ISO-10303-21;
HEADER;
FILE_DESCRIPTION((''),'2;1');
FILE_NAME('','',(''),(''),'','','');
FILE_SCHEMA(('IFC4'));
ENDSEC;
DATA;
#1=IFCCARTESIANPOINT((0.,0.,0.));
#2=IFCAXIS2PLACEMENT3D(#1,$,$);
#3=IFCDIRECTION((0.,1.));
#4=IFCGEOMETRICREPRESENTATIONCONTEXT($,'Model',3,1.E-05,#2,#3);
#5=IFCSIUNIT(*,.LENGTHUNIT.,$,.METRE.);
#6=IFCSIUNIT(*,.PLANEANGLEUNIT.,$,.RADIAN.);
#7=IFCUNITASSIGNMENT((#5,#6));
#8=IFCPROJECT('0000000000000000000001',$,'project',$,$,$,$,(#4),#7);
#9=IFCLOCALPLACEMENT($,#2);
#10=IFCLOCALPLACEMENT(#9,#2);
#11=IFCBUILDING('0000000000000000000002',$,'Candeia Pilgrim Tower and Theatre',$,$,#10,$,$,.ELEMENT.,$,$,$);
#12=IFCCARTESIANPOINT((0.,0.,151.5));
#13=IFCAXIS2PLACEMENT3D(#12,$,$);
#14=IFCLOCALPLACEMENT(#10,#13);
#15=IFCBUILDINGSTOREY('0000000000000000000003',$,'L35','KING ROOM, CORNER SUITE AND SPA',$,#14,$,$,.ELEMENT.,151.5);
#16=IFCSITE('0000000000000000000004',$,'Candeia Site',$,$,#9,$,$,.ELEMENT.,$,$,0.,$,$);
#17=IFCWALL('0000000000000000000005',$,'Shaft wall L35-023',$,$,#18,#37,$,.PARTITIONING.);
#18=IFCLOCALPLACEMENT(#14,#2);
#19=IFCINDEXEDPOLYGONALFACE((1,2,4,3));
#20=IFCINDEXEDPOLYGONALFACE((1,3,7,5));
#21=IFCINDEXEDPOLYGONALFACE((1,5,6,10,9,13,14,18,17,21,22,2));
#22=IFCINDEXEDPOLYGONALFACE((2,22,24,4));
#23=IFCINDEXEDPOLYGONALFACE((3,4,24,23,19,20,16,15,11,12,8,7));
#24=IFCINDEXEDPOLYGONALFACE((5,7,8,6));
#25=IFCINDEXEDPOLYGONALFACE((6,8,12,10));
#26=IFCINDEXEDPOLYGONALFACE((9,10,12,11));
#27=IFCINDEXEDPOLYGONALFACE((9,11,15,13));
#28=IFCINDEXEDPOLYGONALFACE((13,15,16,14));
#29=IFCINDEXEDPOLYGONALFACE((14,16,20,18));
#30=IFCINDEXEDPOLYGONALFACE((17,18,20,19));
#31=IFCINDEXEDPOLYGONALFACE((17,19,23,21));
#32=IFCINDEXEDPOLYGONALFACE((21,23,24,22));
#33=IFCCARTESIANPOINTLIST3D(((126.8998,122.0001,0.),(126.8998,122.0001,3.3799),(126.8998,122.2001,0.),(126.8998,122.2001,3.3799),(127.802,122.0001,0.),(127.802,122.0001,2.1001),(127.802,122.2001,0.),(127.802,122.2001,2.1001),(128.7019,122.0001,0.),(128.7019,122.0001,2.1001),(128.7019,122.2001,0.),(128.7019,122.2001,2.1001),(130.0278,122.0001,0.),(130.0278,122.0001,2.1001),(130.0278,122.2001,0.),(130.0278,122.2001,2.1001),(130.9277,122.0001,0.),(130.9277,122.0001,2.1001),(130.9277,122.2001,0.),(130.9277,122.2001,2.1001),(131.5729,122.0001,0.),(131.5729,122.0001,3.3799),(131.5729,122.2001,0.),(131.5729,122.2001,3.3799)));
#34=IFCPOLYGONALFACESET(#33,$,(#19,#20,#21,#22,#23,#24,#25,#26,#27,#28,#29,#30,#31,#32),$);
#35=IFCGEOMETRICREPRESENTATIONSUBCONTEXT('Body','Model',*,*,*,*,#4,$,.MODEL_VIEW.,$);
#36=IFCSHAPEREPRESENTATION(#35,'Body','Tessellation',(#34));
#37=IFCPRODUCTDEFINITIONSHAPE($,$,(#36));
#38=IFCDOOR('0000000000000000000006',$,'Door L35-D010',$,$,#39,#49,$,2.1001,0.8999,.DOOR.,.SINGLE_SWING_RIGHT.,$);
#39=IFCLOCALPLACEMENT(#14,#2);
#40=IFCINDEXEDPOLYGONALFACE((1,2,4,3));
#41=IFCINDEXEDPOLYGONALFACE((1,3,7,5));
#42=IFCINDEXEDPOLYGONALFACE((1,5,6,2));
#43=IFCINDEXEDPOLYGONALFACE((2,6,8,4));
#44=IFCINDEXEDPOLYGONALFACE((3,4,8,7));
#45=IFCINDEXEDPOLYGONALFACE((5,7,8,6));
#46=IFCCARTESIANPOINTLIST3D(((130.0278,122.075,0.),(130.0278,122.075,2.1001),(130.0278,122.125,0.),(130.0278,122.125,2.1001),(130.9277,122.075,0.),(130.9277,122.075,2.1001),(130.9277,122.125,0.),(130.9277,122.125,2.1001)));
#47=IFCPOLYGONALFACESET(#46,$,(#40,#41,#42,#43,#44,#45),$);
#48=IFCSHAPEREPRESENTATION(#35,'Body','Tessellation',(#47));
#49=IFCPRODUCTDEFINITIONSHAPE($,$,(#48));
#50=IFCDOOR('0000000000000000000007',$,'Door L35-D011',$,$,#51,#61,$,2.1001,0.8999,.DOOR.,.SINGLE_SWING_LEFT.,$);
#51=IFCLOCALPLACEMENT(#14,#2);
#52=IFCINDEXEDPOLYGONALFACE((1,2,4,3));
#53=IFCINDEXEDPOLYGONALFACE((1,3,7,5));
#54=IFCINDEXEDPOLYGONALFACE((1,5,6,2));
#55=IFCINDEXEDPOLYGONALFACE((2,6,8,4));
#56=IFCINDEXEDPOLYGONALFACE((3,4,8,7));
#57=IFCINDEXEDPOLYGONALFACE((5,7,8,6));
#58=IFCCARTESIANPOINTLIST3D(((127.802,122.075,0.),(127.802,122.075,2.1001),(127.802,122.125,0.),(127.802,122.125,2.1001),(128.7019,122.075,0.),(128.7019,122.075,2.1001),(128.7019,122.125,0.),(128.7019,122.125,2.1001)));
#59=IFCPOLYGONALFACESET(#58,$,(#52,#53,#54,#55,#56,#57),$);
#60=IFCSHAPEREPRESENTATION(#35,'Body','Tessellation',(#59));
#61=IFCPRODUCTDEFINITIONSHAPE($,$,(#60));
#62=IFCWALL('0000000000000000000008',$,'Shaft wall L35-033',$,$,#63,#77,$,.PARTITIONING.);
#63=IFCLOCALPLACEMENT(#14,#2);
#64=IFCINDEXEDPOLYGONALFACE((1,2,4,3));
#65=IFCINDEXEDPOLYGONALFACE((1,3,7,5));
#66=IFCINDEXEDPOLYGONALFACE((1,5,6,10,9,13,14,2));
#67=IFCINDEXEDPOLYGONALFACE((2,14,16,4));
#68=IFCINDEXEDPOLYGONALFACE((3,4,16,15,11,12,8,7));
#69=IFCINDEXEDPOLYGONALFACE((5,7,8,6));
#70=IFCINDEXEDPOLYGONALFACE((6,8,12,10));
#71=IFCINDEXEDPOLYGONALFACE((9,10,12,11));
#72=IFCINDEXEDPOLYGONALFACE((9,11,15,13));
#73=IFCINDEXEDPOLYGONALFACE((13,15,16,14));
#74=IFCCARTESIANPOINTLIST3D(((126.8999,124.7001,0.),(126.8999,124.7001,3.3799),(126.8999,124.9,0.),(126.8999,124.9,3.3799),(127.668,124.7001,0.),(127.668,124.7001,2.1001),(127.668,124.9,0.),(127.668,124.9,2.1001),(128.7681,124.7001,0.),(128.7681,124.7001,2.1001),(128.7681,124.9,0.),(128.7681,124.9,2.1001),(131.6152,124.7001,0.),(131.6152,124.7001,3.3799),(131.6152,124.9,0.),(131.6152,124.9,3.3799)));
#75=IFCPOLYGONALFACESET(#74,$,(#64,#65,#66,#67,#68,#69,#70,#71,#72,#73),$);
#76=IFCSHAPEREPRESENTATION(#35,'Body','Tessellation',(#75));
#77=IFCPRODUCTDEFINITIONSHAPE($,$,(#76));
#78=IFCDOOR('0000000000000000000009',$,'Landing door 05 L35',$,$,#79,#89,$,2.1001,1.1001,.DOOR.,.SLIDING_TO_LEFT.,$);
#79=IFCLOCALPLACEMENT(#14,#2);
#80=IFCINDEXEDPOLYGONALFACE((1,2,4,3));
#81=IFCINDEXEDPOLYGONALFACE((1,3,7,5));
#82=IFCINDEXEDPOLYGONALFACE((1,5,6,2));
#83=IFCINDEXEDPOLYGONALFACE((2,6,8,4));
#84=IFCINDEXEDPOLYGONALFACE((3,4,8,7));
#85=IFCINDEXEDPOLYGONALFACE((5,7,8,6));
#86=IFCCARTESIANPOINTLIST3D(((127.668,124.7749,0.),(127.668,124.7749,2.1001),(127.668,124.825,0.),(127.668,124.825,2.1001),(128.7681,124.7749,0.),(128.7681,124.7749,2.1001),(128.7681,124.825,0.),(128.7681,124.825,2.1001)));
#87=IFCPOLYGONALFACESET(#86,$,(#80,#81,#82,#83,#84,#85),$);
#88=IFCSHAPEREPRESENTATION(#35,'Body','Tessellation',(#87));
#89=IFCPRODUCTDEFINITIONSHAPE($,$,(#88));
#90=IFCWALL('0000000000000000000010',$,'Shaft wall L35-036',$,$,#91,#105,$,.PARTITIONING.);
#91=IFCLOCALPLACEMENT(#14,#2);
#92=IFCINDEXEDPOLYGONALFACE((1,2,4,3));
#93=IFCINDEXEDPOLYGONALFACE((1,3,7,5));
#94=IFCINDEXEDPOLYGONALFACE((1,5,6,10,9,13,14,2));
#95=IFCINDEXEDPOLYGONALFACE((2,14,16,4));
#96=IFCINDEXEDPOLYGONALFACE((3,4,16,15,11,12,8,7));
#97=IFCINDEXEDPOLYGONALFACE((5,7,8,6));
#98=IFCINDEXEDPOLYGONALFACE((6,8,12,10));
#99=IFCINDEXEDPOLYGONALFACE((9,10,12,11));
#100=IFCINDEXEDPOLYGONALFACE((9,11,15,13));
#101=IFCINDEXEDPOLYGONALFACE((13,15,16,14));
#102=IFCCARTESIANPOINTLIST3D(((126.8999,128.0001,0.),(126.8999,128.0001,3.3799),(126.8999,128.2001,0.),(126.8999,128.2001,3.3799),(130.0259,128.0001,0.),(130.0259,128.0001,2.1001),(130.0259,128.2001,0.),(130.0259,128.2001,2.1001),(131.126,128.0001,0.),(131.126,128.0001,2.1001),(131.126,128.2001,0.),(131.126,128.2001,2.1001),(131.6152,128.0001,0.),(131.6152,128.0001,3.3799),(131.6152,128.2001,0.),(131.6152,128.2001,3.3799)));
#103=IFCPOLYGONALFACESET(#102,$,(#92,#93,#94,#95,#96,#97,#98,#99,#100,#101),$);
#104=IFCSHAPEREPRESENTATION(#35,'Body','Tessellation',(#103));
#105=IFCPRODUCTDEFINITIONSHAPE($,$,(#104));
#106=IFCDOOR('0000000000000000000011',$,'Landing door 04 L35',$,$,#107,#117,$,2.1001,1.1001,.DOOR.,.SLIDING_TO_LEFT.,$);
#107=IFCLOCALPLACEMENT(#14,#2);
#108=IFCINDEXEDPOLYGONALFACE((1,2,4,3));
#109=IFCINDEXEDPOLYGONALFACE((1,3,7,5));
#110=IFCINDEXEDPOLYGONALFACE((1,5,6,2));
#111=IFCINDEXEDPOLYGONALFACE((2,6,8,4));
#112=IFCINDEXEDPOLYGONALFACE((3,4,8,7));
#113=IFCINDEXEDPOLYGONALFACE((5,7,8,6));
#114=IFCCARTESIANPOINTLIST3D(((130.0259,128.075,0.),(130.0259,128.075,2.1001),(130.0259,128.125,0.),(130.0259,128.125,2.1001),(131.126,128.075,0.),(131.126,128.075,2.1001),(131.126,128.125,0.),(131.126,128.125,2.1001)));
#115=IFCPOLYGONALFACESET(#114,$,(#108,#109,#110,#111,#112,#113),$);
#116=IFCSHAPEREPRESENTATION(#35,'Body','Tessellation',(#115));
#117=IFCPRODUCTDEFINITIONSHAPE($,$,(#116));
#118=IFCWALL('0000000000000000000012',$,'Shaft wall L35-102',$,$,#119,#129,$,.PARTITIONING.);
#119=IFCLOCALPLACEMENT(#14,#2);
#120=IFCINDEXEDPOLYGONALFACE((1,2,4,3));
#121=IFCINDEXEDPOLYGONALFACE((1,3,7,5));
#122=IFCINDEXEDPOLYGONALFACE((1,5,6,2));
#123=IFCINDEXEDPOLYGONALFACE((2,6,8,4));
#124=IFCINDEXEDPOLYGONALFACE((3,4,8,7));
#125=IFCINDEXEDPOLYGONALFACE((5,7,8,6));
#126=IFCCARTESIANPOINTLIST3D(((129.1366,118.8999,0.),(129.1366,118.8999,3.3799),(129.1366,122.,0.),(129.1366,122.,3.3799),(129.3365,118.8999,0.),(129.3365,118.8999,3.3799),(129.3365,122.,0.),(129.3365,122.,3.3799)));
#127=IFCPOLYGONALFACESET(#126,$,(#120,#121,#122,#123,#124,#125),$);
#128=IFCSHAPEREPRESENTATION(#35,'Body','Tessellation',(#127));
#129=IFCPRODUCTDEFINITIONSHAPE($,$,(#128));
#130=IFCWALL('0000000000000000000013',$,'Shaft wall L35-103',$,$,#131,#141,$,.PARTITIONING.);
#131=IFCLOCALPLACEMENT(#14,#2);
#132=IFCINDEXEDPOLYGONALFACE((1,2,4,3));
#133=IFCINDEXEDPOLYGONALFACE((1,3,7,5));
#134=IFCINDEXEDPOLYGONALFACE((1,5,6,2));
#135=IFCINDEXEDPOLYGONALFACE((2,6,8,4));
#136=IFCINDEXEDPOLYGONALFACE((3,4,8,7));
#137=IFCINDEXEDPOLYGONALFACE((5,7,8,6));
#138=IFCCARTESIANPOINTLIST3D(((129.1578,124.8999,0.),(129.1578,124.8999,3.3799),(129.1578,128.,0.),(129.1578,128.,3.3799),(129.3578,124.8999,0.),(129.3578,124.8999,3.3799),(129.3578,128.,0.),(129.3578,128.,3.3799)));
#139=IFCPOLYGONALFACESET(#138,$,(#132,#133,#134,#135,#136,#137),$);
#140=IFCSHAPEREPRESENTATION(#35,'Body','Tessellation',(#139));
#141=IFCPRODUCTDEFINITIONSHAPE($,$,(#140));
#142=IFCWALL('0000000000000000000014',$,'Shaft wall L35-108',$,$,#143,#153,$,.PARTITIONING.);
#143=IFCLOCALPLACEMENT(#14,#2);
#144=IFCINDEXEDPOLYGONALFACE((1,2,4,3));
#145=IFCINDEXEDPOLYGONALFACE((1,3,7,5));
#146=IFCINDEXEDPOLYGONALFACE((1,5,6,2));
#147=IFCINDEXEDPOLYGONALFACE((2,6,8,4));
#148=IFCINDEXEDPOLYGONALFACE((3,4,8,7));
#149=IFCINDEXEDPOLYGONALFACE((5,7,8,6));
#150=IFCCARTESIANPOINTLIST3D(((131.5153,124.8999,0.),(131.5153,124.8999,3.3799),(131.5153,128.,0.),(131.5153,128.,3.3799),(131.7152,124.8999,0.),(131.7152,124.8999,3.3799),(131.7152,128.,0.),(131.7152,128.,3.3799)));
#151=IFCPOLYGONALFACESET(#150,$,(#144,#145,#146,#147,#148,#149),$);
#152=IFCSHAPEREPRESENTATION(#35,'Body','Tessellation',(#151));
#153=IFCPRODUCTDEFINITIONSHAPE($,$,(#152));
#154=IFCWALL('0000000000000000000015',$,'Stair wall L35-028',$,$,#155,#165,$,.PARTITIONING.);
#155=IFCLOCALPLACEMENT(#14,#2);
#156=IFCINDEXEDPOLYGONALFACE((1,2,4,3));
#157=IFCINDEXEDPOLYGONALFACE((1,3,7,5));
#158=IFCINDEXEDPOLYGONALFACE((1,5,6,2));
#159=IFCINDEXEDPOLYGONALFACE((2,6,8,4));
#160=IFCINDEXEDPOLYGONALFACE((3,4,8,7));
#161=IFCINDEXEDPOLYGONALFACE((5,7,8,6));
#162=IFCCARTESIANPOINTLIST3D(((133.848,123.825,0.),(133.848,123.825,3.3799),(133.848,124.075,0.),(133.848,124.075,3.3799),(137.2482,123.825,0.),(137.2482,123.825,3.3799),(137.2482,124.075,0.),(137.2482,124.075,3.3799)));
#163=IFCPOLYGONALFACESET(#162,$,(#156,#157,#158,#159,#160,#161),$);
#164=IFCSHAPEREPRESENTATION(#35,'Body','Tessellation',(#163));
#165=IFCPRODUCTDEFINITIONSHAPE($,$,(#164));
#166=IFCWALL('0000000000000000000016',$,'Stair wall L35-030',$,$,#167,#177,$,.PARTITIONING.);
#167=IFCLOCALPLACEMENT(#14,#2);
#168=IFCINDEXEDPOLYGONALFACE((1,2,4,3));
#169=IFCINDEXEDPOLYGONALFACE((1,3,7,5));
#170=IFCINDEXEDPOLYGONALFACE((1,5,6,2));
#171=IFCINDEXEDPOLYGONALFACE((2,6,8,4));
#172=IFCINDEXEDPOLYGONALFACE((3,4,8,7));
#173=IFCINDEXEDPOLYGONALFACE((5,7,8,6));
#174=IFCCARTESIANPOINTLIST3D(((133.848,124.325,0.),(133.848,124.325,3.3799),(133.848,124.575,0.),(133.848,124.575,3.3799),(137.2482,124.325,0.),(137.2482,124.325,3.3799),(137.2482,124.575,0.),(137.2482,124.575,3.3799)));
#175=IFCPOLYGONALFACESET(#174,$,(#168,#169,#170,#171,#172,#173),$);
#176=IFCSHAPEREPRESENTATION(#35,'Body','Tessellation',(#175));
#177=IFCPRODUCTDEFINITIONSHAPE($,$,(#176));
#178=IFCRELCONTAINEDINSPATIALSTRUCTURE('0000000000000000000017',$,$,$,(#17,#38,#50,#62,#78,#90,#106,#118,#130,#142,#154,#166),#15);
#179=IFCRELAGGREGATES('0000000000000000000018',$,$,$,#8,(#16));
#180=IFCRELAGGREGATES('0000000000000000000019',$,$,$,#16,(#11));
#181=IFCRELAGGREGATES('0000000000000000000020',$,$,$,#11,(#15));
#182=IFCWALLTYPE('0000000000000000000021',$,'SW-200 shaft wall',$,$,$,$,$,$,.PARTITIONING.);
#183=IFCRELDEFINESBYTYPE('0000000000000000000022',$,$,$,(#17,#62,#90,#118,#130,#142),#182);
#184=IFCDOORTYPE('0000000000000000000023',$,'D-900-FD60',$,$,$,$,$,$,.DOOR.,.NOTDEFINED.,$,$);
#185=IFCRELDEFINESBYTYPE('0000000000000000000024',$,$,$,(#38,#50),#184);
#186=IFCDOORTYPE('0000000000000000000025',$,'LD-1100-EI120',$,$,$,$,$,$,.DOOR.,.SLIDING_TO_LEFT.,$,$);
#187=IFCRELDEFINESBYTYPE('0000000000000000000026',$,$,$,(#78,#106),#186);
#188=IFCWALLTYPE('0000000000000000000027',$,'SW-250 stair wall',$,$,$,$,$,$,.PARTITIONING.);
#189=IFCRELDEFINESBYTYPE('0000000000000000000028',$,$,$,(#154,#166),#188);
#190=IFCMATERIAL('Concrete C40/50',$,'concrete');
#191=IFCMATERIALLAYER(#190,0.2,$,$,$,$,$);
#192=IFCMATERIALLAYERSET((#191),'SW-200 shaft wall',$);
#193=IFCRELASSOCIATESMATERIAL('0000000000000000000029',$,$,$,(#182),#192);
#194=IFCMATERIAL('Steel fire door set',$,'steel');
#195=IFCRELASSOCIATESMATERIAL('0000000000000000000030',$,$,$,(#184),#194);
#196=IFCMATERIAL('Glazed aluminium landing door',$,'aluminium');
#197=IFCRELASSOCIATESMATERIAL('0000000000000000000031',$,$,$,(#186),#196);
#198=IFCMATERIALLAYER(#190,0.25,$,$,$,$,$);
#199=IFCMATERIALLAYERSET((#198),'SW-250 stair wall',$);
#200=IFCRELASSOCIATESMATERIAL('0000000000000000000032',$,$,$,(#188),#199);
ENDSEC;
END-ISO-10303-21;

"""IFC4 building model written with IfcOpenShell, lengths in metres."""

from ifc_helpers import new_model, si_unit, direction, frame, frame_2d, origin, place, context, subcontext, project, spatial, rectangle, extrude, material, layer, layer_set, type_object, element, fill, save


model = new_model("IFC4")

# Units and contexts
model_context = context("Model", 3, precision=1e-05, world=origin(), true_north=direction((0.0, 1.0)))
body_context = subcontext(model_context, "Body", "Model", "MODEL_VIEW")
ifc_project = project(units=[si_unit("LENGTHUNIT", "METRE"), si_unit("PLANEANGLEUNIT", "RADIAN")], contexts=[model_context])

# Site, building, storey
site_placement = place(None, origin())
site = spatial("IfcSite", under=ifc_project, at=site_placement, Name="Candeia Site", CompositionType="ELEMENT", RefElevation=0.0)
building_placement = place(site_placement, origin())
building = spatial("IfcBuilding", under=site, at=building_placement, Name="Candeia Pilgrim Tower and Theatre", CompositionType="ELEMENT")
storey_placement = place(building_placement, frame((0.0, 0.0, 151.5)))
storey = spatial("IfcBuildingStorey", under=building, at=storey_placement, Name="L35", Description="KING ROOM, CORNER SUITE AND SPA", CompositionType="ELEMENT", Elevation=151.5)

# Shared definitions
ifc_material_1 = material(Name="Steel fire door set", Category="steel")

# Wall, openings, doors
ifc_material_2 = material(Name="Concrete C40/50", Category="concrete")
ifc_layer_1 = layer(ifc_material_2, 0.2)
ifc_layer_set_1 = layer_set([ifc_layer_1], Name="SW-200 shaft wall")
wall_type_1 = type_object("IfcWallType", Name="SW-200 shaft wall", PredefinedType="PARTITIONING", material=ifc_layer_set_1)
wall_1_placement = place(storey_placement, frame((126.8999, 122.1001, 0.0), z_axis=(0.0, 0.0, 1.0), x_axis=(1.0, 0.0, 0.0)))
wall_1 = element("IfcWall", 1, at=wall_1_placement, inside=storey, type_object=wall_type_1, Name="Shaft wall L35-023", PredefinedType="PARTITIONING", context=body_context, shape_type="SweptSolid", body=[
    extrude(rectangle(XDim=4.6731, YDim=0.2, at=frame_2d((2.3364, 0.0))), origin(), (0.0, 0.0, 1.0), 3.3799),
])
opening_1_placement = place(wall_1_placement, frame((3.1279, 0.0, 0.0)))
opening_1 = element("IfcOpeningElement", 2, at=opening_1_placement, cuts=wall_1, PredefinedType="OPENING", context=body_context, shape_type="SweptSolid", body=[
    extrude(rectangle(XDim=0.8999, YDim=2.1001, at=frame_2d((0.45, 1.05))), frame((0.0, 0.1099, 0.0), z_axis=(0.0, -1.0, 0.0), x_axis=(1.0, 0.0, 0.0)), (0.0, 0.0, 1.0), 0.22),
])
opening_2_placement = place(wall_1_placement, frame((0.9021, 0.0, 0.0)))
opening_2 = element("IfcOpeningElement", 3, at=opening_2_placement, cuts=wall_1, PredefinedType="OPENING", context=body_context, shape_type="SweptSolid", body=[
    extrude(rectangle(XDim=0.8999, YDim=2.1001, at=frame_2d((0.45, 1.05))), frame((0.0, 0.1099, 0.0), z_axis=(0.0, -1.0, 0.0), x_axis=(1.0, 0.0, 0.0)), (0.0, 0.0, 1.0), 0.22),
])
door_type_1 = type_object("IfcDoorType", Name="D-900-FD60", OperationType="NOTDEFINED", PredefinedType="DOOR", material=ifc_material_1)
door_1_placement = place(opening_1_placement, origin())
door_1 = element("IfcDoor", 4, at=door_1_placement, inside=storey, type_object=door_type_1, Name="Door L35-D010", OperationType="SINGLE_SWING_RIGHT", OverallHeight=2.1001, OverallWidth=0.8999, PredefinedType="DOOR", context=body_context, shape_type="SweptSolid", body=[
    extrude(rectangle(XDim=0.8999, YDim=2.1001, at=frame_2d((0.45, 1.05))), frame((0.0, 0.0249, 0.0), z_axis=(0.0, -1.0, 0.0), x_axis=(1.0, 0.0, 0.0)), (0.0, 0.0, 1.0), 0.05),
])
fill(opening_1, door_1)
door_2_placement = place(opening_2_placement, origin())
door_2 = element("IfcDoor", 5, at=door_2_placement, inside=storey, type_object=door_type_1, Name="Door L35-D011", OperationType="SINGLE_SWING_LEFT", OverallHeight=2.1001, OverallWidth=0.8999, PredefinedType="DOOR", context=body_context, shape_type="SweptSolid", body=[
    extrude(rectangle(XDim=0.8999, YDim=2.1001, at=frame_2d((0.45, 1.05))), frame((0.0, 0.0249, 0.0), z_axis=(0.0, -1.0, 0.0), x_axis=(1.0, 0.0, 0.0)), (0.0, 0.0, 1.0), 0.05),
])
fill(opening_2, door_2)

# Walls, openings, doors
wall_2_placement = place(storey_placement, frame((126.8999, 124.8, 0.0), z_axis=(0.0, 0.0, 1.0), x_axis=(1.0, 0.0, 0.0)))
wall_2 = element("IfcWall", 6, at=wall_2_placement, inside=storey, type_object=wall_type_1, Name="Shaft wall L35-033", PredefinedType="PARTITIONING", context=body_context, shape_type="SweptSolid", body=[
    extrude(rectangle(XDim=4.7153, YDim=0.2, at=frame_2d((2.3577, 0.0))), origin(), (0.0, 0.0, 1.0), 3.3799),
])
opening_3_placement = place(wall_2_placement, frame((0.7681, 0.0, 0.0)))
opening_3 = element("IfcOpeningElement", 7, at=opening_3_placement, cuts=wall_2, PredefinedType="OPENING", context=body_context, shape_type="SweptSolid", body=[
    extrude(rectangle(XDim=1.1001, YDim=2.1001, at=frame_2d((0.55, 1.05))), frame((0.0, 0.1099, 0.0), z_axis=(0.0, -1.0, 0.0), x_axis=(1.0, 0.0, 0.0)), (0.0, 0.0, 1.0), 0.22),
])
ifc_material_3 = material(Name="Glazed aluminium landing door", Category="aluminium")
door_type_2 = type_object("IfcDoorType", Name="LD-1100-EI120", OperationType="SLIDING_TO_LEFT", PredefinedType="DOOR", material=ifc_material_3)
door_3_placement = place(opening_3_placement, origin())
door_3 = element("IfcDoor", 8, at=door_3_placement, inside=storey, type_object=door_type_2, Name="Landing door 05 L35", OperationType="SLIDING_TO_LEFT", OverallHeight=2.1001, OverallWidth=1.1001, PredefinedType="DOOR", context=body_context, shape_type="SweptSolid", body=[
    extrude(rectangle(XDim=1.1001, YDim=2.1001, at=frame_2d((0.55, 1.05))), frame((0.0, 0.0249, 0.0), z_axis=(0.0, -1.0, 0.0), x_axis=(1.0, 0.0, 0.0)), (0.0, 0.0, 1.0), 0.05),
])
fill(opening_3, door_3)
wall_3_placement = place(storey_placement, frame((126.8999, 128.1001, 0.0), z_axis=(0.0, 0.0, 1.0), x_axis=(1.0, 0.0, 0.0)))
wall_3 = element("IfcWall", 9, at=wall_3_placement, inside=storey, type_object=wall_type_1, Name="Shaft wall L35-036", PredefinedType="PARTITIONING", context=body_context, shape_type="SweptSolid", body=[
    extrude(rectangle(XDim=4.7153, YDim=0.2, at=frame_2d((2.3577, 0.0))), origin(), (0.0, 0.0, 1.0), 3.3799),
])
opening_4_placement = place(wall_3_placement, frame((3.126, 0.0, 0.0)))
opening_4 = element("IfcOpeningElement", 10, at=opening_4_placement, cuts=wall_3, PredefinedType="OPENING", context=body_context, shape_type="SweptSolid", body=[
    extrude(rectangle(XDim=1.1001, YDim=2.1001, at=frame_2d((0.55, 1.05))), frame((0.0, 0.1099, 0.0), z_axis=(0.0, -1.0, 0.0), x_axis=(1.0, 0.0, 0.0)), (0.0, 0.0, 1.0), 0.22),
])
door_4_placement = place(opening_4_placement, origin())
door_4 = element("IfcDoor", 11, at=door_4_placement, inside=storey, type_object=door_type_2, Name="Landing door 04 L35", OperationType="SLIDING_TO_LEFT", OverallHeight=2.1001, OverallWidth=1.1001, PredefinedType="DOOR", context=body_context, shape_type="SweptSolid", body=[
    extrude(rectangle(XDim=1.1001, YDim=2.1001, at=frame_2d((0.55, 1.05))), frame((0.0, 0.0249, 0.0), z_axis=(0.0, -1.0, 0.0), x_axis=(1.0, 0.0, 0.0)), (0.0, 0.0, 1.0), 0.05),
])
fill(opening_4, door_4)

# Walls
for number, where, z_axis, x_axis, name in (
    (12, (129.2366, 118.8999, 0.0), (0.0, 0.0, 1.0), (0.0, 1.0, 0.0), "Shaft wall L35-102"),
    (13, (129.2578, 124.8999, 0.0), (0.0, 0.0, 1.0), (0.0, 1.0, 0.0), "Shaft wall L35-103"),
    (14, (131.6152, 124.8999, 0.0), (0.0, 0.0, 1.0), (0.0, 1.0, 0.0), "Shaft wall L35-108"),
):
    element("IfcWall", number, at=place(storey_placement, frame(where, z_axis=z_axis, x_axis=x_axis)), inside=storey, type_object=wall_type_1, Name=name, PredefinedType="PARTITIONING", context=body_context, shape_type="SweptSolid", body=[
        extrude(rectangle(XDim=3.1001, YDim=0.2, at=frame_2d((1.55, 0.0))), origin(), (0.0, 0.0, 1.0), 3.3799),
    ])
ifc_layer_2 = layer(ifc_material_2, 0.25)
ifc_layer_set_2 = layer_set([ifc_layer_2], Name="SW-250 stair wall")
wall_type_2 = type_object("IfcWallType", Name="SW-250 stair wall", PredefinedType="PARTITIONING", material=ifc_layer_set_2)
for number, where, z_axis, x_axis, name in (
    (15, (133.8479, 123.95, 0.0), (0.0, 0.0, 1.0), (1.0, 0.0, 0.0), "Stair wall L35-028"),
    (16, (133.8479, 124.45, 0.0), (0.0, 0.0, 1.0), (1.0, 0.0, 0.0), "Stair wall L35-030"),
):
    element("IfcWall", number, at=place(storey_placement, frame(where, z_axis=z_axis, x_axis=x_axis)), inside=storey, type_object=wall_type_2, Name=name, PredefinedType="PARTITIONING", context=body_context, shape_type="SweptSolid", body=[
        extrude(rectangle(XDim=3.4001, YDim=0.25, at=frame_2d((1.7002, 0.0))), origin(), (0.0, 0.0, 1.0), 3.3799),
    ])

save(model, "model.ifc")
